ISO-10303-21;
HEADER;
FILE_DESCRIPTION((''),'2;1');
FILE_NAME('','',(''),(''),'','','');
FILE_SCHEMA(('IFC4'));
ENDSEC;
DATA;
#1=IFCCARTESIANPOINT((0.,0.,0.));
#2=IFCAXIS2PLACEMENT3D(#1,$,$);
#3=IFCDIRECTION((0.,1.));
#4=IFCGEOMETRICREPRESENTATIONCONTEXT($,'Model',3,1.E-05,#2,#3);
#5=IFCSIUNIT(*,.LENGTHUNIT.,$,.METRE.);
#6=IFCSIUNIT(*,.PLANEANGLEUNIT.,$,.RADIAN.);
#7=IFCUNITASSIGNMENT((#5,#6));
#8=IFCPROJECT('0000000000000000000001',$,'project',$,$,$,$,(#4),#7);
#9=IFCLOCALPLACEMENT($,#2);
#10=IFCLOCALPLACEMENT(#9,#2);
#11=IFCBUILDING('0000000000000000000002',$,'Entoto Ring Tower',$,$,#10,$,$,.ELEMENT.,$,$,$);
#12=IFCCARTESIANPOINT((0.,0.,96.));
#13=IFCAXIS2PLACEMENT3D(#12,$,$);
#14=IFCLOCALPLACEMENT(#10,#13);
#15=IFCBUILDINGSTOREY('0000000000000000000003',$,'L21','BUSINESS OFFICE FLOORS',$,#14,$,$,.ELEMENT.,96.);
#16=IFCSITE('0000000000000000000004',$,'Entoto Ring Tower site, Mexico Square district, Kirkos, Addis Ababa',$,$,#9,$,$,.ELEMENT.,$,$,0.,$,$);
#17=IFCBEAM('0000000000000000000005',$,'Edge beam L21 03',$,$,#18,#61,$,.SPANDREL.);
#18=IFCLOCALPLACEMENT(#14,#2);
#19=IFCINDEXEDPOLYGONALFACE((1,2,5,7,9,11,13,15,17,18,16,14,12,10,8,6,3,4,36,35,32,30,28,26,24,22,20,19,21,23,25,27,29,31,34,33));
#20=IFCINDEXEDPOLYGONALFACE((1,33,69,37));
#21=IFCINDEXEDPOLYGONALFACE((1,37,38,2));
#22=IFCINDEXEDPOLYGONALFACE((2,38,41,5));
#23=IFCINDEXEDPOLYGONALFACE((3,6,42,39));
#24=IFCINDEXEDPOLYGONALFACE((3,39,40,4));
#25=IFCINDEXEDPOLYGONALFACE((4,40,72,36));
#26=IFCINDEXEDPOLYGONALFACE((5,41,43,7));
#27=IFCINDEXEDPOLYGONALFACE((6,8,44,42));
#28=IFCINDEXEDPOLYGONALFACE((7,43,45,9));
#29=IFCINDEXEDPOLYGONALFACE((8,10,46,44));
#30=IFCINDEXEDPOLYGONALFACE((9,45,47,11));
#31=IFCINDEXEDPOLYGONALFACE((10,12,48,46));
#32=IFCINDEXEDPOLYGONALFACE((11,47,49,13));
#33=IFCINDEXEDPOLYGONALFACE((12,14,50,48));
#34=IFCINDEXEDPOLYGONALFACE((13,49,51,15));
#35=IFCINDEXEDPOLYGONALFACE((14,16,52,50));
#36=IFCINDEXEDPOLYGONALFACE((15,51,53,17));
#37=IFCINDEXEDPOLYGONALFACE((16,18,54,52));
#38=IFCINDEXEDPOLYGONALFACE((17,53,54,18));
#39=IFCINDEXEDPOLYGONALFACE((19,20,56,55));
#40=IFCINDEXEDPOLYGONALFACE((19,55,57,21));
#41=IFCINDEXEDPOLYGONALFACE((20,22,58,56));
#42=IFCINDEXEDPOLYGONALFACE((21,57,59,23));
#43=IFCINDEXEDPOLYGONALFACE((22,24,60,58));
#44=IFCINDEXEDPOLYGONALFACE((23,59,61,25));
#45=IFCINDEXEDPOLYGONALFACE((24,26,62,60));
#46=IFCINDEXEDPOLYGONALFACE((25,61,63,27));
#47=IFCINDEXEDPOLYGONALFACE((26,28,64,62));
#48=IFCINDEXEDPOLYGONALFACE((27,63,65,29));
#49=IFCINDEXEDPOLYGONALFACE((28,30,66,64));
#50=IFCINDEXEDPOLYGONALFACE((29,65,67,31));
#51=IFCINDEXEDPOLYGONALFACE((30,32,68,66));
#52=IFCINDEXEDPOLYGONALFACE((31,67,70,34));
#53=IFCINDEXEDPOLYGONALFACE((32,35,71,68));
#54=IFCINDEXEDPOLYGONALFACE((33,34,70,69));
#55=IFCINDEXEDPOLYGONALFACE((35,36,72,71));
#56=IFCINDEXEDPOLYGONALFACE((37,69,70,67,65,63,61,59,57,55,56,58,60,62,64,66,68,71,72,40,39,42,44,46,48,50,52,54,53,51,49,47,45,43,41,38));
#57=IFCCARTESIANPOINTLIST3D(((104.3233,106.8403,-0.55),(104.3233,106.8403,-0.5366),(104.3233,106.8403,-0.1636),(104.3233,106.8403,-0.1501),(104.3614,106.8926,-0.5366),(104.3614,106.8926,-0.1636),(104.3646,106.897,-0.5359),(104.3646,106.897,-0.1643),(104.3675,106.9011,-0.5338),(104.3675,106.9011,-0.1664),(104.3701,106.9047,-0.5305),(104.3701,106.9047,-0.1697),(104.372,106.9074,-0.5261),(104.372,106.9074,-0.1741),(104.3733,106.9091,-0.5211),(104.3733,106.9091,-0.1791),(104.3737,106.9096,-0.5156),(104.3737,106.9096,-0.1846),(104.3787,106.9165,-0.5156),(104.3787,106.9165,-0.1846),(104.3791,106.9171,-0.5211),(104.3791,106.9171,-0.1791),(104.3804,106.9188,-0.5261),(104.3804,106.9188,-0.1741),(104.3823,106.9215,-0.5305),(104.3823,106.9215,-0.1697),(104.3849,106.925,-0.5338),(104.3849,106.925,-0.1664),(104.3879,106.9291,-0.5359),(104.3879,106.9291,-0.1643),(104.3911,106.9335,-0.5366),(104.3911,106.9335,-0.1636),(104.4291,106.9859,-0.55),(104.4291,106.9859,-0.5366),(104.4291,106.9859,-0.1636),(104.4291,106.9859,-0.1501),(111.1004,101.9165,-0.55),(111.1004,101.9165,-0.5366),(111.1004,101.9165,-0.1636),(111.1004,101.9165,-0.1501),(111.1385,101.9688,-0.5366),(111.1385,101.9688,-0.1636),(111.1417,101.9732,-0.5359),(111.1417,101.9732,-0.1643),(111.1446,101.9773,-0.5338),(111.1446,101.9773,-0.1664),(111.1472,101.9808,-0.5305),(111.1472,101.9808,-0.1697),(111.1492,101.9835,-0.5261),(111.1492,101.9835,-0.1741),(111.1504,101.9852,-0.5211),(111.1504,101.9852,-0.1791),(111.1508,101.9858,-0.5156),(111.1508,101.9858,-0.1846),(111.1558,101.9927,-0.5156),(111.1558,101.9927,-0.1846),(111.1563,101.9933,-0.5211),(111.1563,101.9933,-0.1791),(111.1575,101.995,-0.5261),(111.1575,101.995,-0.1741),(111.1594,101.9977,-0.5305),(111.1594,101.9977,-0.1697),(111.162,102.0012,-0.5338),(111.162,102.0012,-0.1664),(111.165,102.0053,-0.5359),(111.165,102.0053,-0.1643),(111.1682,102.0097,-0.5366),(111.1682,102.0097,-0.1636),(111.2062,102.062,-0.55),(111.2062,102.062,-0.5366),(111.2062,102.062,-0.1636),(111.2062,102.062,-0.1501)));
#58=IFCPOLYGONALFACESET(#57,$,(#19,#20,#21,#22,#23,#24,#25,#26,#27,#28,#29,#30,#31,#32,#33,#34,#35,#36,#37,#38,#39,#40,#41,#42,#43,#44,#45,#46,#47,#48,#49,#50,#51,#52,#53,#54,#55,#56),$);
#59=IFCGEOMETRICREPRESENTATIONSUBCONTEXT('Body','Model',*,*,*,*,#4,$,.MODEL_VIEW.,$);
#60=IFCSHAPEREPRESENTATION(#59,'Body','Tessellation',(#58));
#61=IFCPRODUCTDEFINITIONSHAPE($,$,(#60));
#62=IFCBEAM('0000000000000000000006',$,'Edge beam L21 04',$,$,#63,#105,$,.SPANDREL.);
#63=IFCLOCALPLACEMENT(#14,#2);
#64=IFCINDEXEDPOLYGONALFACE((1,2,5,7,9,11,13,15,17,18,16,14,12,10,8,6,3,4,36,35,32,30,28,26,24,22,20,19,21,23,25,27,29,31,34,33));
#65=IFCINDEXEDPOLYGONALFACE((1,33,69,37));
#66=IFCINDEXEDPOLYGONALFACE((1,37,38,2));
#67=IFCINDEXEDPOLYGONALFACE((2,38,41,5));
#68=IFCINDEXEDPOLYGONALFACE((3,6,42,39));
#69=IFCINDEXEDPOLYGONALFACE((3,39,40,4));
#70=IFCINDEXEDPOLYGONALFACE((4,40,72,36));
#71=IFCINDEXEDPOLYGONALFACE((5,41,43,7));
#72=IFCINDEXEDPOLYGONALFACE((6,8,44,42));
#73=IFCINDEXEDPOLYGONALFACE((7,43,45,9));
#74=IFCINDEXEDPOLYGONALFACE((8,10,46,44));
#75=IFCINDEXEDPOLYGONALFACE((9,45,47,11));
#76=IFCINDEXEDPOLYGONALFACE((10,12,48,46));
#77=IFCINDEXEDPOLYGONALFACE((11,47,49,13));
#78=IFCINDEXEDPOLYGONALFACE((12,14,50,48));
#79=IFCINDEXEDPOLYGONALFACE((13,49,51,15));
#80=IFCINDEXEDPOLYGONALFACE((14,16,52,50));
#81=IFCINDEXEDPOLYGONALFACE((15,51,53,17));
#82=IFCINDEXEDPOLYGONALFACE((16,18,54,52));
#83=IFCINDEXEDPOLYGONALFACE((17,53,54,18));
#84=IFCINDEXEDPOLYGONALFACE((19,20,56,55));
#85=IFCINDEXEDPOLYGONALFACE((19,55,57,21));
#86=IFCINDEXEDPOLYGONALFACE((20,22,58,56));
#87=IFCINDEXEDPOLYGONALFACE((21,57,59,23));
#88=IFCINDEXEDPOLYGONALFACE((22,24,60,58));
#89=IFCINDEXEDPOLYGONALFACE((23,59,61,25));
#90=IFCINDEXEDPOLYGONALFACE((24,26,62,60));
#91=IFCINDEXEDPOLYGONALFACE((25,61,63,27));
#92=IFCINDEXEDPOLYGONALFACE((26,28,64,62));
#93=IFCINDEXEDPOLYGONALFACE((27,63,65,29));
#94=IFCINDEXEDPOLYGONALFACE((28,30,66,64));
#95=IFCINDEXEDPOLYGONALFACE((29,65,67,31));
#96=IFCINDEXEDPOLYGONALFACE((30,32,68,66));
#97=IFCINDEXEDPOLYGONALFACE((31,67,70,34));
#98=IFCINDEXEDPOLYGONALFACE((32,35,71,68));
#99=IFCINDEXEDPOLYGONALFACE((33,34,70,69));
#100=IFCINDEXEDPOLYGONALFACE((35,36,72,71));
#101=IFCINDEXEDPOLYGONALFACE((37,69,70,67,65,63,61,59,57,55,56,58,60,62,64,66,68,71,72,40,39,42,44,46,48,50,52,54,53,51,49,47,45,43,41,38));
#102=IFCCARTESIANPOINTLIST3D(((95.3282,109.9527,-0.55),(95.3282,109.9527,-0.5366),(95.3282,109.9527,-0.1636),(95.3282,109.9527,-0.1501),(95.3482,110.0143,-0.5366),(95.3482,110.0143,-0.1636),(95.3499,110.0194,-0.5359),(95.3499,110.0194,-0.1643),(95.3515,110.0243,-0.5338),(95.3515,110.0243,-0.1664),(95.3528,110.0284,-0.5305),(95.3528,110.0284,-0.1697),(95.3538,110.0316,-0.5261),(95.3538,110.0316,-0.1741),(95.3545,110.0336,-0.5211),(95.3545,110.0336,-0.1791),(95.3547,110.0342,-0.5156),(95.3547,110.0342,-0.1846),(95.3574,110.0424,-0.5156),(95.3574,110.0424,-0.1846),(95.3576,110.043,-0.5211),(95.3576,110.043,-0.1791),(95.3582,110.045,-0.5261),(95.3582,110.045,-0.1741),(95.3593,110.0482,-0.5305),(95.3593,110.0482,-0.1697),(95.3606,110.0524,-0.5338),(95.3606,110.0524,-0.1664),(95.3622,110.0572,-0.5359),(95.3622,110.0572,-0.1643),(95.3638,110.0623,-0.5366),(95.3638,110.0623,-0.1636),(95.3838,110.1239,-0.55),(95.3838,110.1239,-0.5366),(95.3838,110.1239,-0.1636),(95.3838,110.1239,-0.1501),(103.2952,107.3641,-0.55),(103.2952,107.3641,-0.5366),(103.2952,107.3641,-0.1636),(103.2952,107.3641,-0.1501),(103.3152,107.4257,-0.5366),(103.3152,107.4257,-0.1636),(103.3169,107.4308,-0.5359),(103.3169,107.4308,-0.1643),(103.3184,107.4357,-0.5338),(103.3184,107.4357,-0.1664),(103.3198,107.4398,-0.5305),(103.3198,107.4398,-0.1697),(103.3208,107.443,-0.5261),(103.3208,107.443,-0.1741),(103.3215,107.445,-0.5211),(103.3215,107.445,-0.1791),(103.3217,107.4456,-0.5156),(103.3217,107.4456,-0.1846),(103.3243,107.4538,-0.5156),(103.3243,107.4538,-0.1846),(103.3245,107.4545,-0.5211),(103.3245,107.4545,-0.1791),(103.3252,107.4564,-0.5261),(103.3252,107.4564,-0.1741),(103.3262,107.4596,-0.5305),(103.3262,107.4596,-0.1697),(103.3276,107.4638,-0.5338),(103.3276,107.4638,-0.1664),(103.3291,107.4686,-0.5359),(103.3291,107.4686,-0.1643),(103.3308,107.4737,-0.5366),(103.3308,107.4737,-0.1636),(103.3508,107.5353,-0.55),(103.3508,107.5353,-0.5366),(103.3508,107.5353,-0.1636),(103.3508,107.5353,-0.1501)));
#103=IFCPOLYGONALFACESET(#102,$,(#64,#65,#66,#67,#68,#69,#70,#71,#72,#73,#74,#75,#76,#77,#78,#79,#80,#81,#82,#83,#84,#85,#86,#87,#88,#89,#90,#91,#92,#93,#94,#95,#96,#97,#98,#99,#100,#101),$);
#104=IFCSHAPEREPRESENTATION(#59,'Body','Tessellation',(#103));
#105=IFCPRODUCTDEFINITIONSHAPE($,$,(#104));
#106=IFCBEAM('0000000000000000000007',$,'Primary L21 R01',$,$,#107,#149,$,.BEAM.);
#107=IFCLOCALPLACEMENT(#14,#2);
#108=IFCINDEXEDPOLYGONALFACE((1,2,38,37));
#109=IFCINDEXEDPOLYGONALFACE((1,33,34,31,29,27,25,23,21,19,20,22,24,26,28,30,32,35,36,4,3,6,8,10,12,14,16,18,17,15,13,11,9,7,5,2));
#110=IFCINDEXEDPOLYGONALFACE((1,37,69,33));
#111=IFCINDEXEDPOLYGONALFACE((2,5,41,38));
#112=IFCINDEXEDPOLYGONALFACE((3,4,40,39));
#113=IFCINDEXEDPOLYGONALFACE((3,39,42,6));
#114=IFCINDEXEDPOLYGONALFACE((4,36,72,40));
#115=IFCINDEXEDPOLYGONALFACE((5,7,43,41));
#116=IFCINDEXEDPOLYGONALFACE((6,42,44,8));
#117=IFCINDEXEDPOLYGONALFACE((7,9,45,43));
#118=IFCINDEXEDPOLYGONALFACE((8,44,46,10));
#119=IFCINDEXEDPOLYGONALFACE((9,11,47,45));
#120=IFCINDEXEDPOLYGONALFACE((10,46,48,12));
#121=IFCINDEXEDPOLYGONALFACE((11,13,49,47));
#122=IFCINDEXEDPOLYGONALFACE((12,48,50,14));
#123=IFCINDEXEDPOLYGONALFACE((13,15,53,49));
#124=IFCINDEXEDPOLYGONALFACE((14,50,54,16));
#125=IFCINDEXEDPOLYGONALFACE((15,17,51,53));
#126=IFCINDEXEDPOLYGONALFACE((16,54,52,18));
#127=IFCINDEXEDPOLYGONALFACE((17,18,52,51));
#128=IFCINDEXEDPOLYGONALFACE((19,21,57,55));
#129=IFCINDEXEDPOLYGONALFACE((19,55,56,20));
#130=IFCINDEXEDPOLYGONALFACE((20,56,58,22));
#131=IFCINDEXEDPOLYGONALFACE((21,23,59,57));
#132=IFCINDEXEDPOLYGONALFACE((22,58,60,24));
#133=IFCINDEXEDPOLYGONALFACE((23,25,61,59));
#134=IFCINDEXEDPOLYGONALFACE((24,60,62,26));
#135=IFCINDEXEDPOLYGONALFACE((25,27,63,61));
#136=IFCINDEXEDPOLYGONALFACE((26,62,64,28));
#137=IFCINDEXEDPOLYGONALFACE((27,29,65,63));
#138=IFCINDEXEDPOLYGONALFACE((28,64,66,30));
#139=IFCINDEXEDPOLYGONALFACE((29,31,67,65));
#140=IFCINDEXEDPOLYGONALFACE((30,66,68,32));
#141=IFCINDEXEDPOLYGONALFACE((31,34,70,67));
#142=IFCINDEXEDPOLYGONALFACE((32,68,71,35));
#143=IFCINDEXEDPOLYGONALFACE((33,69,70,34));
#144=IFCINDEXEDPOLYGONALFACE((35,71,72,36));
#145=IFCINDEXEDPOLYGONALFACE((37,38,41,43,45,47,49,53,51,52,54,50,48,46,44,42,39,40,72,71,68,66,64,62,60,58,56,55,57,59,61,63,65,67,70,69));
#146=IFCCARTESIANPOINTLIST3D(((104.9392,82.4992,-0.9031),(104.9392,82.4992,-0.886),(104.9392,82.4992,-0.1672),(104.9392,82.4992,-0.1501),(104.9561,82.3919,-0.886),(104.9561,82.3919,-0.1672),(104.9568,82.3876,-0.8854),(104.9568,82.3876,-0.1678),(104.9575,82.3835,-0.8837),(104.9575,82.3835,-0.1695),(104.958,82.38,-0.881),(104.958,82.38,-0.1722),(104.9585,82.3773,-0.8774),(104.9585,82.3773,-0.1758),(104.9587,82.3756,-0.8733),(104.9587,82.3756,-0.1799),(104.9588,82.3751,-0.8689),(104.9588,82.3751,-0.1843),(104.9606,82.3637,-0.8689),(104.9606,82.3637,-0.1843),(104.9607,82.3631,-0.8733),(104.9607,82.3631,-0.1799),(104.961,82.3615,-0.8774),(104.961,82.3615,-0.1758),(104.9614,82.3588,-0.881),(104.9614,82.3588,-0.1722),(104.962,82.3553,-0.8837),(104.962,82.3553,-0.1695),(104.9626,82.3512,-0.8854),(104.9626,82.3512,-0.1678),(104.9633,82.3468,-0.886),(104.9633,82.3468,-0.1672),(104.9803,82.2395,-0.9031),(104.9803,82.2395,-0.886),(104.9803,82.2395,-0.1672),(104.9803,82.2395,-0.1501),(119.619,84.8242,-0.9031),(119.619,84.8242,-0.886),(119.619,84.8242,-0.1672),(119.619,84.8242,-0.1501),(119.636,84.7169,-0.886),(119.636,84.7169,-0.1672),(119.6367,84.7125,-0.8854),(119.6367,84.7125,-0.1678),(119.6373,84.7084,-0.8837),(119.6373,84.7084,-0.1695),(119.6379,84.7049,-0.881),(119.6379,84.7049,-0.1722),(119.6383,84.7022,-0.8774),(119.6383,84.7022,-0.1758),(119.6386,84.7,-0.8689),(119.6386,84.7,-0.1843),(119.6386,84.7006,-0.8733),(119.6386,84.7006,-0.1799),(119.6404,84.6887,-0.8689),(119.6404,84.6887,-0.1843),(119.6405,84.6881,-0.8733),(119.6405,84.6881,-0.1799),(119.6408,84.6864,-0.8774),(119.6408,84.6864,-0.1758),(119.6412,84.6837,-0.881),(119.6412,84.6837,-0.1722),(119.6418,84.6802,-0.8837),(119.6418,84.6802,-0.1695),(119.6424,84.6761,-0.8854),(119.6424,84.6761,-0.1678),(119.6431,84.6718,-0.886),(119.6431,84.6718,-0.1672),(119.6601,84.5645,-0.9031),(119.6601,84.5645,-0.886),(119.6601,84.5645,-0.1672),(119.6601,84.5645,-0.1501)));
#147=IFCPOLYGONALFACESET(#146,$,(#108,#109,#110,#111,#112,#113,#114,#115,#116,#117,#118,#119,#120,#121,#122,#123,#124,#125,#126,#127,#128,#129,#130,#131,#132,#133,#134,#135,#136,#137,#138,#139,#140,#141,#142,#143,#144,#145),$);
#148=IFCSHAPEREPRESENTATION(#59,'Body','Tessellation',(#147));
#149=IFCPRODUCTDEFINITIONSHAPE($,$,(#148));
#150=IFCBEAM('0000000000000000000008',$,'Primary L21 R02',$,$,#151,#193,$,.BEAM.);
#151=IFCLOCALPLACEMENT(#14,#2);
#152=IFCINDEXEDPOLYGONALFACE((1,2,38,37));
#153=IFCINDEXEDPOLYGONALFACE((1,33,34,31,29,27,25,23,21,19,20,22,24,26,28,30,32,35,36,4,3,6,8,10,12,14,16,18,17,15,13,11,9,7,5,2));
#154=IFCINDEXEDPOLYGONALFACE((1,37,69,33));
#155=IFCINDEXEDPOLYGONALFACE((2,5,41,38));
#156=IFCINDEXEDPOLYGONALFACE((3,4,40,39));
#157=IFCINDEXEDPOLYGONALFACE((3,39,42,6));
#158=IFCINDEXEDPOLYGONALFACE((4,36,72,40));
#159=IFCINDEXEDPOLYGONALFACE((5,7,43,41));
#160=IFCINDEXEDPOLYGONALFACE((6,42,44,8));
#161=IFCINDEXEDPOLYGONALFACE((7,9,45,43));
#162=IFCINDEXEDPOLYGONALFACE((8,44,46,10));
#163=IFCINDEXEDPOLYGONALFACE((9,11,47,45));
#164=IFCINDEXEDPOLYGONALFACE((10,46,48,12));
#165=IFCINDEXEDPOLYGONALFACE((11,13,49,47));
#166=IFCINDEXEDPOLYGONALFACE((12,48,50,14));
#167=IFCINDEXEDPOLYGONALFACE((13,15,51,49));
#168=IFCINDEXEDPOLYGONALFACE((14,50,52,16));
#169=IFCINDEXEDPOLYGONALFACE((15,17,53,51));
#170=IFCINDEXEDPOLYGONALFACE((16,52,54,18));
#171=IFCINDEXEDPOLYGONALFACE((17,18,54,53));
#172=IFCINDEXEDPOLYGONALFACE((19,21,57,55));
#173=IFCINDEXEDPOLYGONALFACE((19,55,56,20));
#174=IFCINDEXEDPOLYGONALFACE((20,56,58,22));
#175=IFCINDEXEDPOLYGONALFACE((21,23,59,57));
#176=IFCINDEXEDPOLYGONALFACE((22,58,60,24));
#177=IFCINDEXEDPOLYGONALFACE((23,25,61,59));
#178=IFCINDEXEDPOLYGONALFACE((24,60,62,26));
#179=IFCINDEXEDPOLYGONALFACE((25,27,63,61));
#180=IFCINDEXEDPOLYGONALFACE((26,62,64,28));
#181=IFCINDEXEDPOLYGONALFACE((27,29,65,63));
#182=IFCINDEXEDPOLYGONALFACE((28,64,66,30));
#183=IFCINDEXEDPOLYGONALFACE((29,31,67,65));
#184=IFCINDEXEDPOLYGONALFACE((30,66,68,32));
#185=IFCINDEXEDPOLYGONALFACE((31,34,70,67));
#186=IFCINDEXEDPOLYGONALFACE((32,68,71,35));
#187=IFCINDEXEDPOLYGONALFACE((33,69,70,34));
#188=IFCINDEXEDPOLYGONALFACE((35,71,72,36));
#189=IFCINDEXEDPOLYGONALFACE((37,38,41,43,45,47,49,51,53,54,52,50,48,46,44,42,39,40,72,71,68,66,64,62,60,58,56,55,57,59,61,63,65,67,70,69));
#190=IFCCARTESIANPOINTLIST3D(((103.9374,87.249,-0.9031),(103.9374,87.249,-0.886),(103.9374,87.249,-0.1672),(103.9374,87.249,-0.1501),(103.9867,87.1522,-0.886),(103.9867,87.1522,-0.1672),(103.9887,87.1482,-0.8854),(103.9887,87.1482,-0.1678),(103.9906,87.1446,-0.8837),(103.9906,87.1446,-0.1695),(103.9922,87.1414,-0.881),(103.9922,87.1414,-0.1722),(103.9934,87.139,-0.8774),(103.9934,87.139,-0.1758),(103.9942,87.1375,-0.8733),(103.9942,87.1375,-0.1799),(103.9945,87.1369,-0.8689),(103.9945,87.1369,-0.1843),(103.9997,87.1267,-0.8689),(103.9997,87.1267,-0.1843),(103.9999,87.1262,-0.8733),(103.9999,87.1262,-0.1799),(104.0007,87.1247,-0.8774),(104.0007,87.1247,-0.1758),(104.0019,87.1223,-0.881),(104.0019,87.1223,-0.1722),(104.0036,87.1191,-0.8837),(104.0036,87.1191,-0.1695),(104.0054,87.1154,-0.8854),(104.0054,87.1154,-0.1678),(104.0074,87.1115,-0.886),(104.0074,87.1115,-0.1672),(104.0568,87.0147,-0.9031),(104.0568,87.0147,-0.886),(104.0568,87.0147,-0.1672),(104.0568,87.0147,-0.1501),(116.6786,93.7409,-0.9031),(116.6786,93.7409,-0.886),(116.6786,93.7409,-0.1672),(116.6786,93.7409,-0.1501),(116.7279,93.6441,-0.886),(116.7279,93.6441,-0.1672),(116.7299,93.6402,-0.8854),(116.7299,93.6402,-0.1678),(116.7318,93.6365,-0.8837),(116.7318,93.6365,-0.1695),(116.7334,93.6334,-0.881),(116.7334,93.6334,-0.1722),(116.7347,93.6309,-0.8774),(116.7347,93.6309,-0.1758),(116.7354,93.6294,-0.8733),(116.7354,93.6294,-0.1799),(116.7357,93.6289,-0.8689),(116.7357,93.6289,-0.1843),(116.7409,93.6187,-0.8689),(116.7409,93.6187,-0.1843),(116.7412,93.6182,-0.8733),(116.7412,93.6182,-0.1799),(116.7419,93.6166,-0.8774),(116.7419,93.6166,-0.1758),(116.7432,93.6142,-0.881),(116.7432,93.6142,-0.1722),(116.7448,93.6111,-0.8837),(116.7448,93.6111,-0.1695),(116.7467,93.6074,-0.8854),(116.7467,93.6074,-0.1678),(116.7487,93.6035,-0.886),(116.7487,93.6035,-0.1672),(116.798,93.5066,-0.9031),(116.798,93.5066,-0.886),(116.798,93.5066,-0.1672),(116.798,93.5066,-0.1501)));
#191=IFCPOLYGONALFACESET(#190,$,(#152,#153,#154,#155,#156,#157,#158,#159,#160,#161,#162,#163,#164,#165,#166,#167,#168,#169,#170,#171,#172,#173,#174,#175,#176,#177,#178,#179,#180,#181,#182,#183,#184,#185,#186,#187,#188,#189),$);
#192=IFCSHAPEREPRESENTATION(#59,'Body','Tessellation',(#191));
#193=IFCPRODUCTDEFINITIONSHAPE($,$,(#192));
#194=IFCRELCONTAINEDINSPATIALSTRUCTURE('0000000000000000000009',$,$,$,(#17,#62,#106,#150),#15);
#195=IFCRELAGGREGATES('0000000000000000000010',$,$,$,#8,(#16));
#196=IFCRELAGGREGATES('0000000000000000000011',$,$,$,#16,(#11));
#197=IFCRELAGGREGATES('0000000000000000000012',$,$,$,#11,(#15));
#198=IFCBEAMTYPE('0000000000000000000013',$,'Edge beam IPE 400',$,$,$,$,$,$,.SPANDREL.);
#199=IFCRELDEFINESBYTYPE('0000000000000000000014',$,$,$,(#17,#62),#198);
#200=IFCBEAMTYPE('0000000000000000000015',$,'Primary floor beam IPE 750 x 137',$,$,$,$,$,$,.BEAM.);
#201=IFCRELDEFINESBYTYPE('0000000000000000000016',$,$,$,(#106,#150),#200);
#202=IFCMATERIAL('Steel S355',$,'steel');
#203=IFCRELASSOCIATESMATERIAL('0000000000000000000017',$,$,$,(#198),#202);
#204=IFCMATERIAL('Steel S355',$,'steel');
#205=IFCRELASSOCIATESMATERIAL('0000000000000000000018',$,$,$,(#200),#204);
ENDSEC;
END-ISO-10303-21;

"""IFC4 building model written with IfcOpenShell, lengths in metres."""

from ifc_helpers import new_model, si_unit, direction, frame, origin, origin_2d, place, context, subcontext, project, spatial, i_section, extrude, material, material_profile, profile_set, type_object, element, save


model = new_model("IFC4")

# Units and contexts
model_context = context("Model", 3, precision=1e-05, world=origin(), true_north=direction((0.0, 1.0)))
body_context = subcontext(model_context, "Body", "Model", "MODEL_VIEW")
ifc_project = project(units=[si_unit("LENGTHUNIT", "METRE"), si_unit("PLANEANGLEUNIT", "RADIAN")], contexts=[model_context])

# Site, building, storey
site_placement = place(None, origin())
site = spatial("IfcSite", under=ifc_project, at=site_placement, Name="Entoto Ring Tower site, Mexico Square district, Kirkos, Addis Ababa", CompositionType="ELEMENT", RefElevation=0.0)
building_placement = place(site_placement, origin())
building = spatial("IfcBuilding", under=site, at=building_placement, Name="Entoto Ring Tower", CompositionType="ELEMENT")
storey_placement = place(building_placement, frame((0.0, 0.0, 96.0)))
storey = spatial("IfcBuildingStorey", under=building, at=storey_placement, Name="L21", Description="BUSINESS OFFICE FLOORS", CompositionType="ELEMENT", Elevation=96.0)

# Beams
ifc_material_1 = material(Name="Steel S355", Category="steel")
ifc_material_profile_1 = material_profile(ifc_material_1, i_section(OverallWidth=0.1799, OverallDepth=0.3999, WebThickness=0.0085, FlangeThickness=0.0134, FilletRadius=0.021, at=origin_2d()), Name="IPE 400")
ifc_profile_set_1 = profile_set([ifc_material_profile_1], Name="Steel S355")
beam_type_1 = type_object("IfcBeamType", Name="Edge beam IPE 400", PredefinedType="SPANDREL", material=ifc_profile_set_1)
for number, where, z_axis, x_axis, name in (
    (1, (111.1533, 101.9893, -0.3501), (-0.809018, 0.587783, 0.0), (-0.587783, -0.809018, 0.0), "Edge beam L21 03"),
    (2, (103.323, 107.4497, -0.3501), (-0.951057, 0.309014, 0.0), (-0.309014, -0.951057, 0.0), "Edge beam L21 04"),
):
    element("IfcBeam", number, at=place(storey_placement, frame(where, z_axis=z_axis, x_axis=x_axis)), inside=storey, type_object=beam_type_1, Name=name, PredefinedType="SPANDREL", context=body_context, shape_type="SweptSolid", body=[
        extrude(i_section(OverallWidth=0.1799, OverallDepth=0.3999, WebThickness=0.0085, FlangeThickness=0.0134, FilletRadius=0.021, at=origin_2d()), origin(), (0.0, 0.0, 1.0), 8.377),
    ])
ifc_material_2 = material(Name="Steel S355", Category="steel")
ifc_material_profile_2 = material_profile(ifc_material_2, i_section(OverallWidth=0.2629, OverallDepth=0.7529, WebThickness=0.0115, FlangeThickness=0.0171, FilletRadius=0.0171, at=origin_2d()), Name="IPE 750 x 137")
ifc_profile_set_2 = profile_set([ifc_material_profile_2], Name="Steel S355")
beam_type_2 = type_object("IfcBeamType", Name="Primary floor beam IPE 750 x 137", PredefinedType="BEAM", material=ifc_profile_set_2)
beam_1_placement = place(storey_placement, frame((104.9597, 82.3694, -0.5266), z_axis=(0.98769, 0.156426, 0.0), x_axis=(-0.156426, 0.98769, 0.0)))
element("IfcBeam", 3, at=beam_1_placement, inside=storey, type_object=beam_type_2, Name="Primary L21 R01", PredefinedType="BEAM", context=body_context, shape_type="SweptSolid", body=[
    extrude(i_section(OverallWidth=0.2629, OverallDepth=0.7529, WebThickness=0.0115, FlangeThickness=0.0171, FilletRadius=0.0171, at=origin_2d()), origin(), (0.0, 0.0, 1.0), 14.8628),
])
beam_2_placement = place(storey_placement, frame((103.9971, 87.1318, -0.5266), z_axis=(0.891007, 0.453989, 0.0), x_axis=(-0.453989, 0.891007, 0.0)))
element("IfcBeam", 4, at=beam_2_placement, inside=storey, type_object=beam_type_2, Name="Primary L21 R02", PredefinedType="BEAM", context=body_context, shape_type="SweptSolid", body=[
    extrude(i_section(OverallWidth=0.2629, OverallDepth=0.7529, WebThickness=0.0115, FlangeThickness=0.0171, FilletRadius=0.0171, at=origin_2d()), origin(), (0.0, 0.0, 1.0), 14.2998),
])

save(model, "model.ifc")
